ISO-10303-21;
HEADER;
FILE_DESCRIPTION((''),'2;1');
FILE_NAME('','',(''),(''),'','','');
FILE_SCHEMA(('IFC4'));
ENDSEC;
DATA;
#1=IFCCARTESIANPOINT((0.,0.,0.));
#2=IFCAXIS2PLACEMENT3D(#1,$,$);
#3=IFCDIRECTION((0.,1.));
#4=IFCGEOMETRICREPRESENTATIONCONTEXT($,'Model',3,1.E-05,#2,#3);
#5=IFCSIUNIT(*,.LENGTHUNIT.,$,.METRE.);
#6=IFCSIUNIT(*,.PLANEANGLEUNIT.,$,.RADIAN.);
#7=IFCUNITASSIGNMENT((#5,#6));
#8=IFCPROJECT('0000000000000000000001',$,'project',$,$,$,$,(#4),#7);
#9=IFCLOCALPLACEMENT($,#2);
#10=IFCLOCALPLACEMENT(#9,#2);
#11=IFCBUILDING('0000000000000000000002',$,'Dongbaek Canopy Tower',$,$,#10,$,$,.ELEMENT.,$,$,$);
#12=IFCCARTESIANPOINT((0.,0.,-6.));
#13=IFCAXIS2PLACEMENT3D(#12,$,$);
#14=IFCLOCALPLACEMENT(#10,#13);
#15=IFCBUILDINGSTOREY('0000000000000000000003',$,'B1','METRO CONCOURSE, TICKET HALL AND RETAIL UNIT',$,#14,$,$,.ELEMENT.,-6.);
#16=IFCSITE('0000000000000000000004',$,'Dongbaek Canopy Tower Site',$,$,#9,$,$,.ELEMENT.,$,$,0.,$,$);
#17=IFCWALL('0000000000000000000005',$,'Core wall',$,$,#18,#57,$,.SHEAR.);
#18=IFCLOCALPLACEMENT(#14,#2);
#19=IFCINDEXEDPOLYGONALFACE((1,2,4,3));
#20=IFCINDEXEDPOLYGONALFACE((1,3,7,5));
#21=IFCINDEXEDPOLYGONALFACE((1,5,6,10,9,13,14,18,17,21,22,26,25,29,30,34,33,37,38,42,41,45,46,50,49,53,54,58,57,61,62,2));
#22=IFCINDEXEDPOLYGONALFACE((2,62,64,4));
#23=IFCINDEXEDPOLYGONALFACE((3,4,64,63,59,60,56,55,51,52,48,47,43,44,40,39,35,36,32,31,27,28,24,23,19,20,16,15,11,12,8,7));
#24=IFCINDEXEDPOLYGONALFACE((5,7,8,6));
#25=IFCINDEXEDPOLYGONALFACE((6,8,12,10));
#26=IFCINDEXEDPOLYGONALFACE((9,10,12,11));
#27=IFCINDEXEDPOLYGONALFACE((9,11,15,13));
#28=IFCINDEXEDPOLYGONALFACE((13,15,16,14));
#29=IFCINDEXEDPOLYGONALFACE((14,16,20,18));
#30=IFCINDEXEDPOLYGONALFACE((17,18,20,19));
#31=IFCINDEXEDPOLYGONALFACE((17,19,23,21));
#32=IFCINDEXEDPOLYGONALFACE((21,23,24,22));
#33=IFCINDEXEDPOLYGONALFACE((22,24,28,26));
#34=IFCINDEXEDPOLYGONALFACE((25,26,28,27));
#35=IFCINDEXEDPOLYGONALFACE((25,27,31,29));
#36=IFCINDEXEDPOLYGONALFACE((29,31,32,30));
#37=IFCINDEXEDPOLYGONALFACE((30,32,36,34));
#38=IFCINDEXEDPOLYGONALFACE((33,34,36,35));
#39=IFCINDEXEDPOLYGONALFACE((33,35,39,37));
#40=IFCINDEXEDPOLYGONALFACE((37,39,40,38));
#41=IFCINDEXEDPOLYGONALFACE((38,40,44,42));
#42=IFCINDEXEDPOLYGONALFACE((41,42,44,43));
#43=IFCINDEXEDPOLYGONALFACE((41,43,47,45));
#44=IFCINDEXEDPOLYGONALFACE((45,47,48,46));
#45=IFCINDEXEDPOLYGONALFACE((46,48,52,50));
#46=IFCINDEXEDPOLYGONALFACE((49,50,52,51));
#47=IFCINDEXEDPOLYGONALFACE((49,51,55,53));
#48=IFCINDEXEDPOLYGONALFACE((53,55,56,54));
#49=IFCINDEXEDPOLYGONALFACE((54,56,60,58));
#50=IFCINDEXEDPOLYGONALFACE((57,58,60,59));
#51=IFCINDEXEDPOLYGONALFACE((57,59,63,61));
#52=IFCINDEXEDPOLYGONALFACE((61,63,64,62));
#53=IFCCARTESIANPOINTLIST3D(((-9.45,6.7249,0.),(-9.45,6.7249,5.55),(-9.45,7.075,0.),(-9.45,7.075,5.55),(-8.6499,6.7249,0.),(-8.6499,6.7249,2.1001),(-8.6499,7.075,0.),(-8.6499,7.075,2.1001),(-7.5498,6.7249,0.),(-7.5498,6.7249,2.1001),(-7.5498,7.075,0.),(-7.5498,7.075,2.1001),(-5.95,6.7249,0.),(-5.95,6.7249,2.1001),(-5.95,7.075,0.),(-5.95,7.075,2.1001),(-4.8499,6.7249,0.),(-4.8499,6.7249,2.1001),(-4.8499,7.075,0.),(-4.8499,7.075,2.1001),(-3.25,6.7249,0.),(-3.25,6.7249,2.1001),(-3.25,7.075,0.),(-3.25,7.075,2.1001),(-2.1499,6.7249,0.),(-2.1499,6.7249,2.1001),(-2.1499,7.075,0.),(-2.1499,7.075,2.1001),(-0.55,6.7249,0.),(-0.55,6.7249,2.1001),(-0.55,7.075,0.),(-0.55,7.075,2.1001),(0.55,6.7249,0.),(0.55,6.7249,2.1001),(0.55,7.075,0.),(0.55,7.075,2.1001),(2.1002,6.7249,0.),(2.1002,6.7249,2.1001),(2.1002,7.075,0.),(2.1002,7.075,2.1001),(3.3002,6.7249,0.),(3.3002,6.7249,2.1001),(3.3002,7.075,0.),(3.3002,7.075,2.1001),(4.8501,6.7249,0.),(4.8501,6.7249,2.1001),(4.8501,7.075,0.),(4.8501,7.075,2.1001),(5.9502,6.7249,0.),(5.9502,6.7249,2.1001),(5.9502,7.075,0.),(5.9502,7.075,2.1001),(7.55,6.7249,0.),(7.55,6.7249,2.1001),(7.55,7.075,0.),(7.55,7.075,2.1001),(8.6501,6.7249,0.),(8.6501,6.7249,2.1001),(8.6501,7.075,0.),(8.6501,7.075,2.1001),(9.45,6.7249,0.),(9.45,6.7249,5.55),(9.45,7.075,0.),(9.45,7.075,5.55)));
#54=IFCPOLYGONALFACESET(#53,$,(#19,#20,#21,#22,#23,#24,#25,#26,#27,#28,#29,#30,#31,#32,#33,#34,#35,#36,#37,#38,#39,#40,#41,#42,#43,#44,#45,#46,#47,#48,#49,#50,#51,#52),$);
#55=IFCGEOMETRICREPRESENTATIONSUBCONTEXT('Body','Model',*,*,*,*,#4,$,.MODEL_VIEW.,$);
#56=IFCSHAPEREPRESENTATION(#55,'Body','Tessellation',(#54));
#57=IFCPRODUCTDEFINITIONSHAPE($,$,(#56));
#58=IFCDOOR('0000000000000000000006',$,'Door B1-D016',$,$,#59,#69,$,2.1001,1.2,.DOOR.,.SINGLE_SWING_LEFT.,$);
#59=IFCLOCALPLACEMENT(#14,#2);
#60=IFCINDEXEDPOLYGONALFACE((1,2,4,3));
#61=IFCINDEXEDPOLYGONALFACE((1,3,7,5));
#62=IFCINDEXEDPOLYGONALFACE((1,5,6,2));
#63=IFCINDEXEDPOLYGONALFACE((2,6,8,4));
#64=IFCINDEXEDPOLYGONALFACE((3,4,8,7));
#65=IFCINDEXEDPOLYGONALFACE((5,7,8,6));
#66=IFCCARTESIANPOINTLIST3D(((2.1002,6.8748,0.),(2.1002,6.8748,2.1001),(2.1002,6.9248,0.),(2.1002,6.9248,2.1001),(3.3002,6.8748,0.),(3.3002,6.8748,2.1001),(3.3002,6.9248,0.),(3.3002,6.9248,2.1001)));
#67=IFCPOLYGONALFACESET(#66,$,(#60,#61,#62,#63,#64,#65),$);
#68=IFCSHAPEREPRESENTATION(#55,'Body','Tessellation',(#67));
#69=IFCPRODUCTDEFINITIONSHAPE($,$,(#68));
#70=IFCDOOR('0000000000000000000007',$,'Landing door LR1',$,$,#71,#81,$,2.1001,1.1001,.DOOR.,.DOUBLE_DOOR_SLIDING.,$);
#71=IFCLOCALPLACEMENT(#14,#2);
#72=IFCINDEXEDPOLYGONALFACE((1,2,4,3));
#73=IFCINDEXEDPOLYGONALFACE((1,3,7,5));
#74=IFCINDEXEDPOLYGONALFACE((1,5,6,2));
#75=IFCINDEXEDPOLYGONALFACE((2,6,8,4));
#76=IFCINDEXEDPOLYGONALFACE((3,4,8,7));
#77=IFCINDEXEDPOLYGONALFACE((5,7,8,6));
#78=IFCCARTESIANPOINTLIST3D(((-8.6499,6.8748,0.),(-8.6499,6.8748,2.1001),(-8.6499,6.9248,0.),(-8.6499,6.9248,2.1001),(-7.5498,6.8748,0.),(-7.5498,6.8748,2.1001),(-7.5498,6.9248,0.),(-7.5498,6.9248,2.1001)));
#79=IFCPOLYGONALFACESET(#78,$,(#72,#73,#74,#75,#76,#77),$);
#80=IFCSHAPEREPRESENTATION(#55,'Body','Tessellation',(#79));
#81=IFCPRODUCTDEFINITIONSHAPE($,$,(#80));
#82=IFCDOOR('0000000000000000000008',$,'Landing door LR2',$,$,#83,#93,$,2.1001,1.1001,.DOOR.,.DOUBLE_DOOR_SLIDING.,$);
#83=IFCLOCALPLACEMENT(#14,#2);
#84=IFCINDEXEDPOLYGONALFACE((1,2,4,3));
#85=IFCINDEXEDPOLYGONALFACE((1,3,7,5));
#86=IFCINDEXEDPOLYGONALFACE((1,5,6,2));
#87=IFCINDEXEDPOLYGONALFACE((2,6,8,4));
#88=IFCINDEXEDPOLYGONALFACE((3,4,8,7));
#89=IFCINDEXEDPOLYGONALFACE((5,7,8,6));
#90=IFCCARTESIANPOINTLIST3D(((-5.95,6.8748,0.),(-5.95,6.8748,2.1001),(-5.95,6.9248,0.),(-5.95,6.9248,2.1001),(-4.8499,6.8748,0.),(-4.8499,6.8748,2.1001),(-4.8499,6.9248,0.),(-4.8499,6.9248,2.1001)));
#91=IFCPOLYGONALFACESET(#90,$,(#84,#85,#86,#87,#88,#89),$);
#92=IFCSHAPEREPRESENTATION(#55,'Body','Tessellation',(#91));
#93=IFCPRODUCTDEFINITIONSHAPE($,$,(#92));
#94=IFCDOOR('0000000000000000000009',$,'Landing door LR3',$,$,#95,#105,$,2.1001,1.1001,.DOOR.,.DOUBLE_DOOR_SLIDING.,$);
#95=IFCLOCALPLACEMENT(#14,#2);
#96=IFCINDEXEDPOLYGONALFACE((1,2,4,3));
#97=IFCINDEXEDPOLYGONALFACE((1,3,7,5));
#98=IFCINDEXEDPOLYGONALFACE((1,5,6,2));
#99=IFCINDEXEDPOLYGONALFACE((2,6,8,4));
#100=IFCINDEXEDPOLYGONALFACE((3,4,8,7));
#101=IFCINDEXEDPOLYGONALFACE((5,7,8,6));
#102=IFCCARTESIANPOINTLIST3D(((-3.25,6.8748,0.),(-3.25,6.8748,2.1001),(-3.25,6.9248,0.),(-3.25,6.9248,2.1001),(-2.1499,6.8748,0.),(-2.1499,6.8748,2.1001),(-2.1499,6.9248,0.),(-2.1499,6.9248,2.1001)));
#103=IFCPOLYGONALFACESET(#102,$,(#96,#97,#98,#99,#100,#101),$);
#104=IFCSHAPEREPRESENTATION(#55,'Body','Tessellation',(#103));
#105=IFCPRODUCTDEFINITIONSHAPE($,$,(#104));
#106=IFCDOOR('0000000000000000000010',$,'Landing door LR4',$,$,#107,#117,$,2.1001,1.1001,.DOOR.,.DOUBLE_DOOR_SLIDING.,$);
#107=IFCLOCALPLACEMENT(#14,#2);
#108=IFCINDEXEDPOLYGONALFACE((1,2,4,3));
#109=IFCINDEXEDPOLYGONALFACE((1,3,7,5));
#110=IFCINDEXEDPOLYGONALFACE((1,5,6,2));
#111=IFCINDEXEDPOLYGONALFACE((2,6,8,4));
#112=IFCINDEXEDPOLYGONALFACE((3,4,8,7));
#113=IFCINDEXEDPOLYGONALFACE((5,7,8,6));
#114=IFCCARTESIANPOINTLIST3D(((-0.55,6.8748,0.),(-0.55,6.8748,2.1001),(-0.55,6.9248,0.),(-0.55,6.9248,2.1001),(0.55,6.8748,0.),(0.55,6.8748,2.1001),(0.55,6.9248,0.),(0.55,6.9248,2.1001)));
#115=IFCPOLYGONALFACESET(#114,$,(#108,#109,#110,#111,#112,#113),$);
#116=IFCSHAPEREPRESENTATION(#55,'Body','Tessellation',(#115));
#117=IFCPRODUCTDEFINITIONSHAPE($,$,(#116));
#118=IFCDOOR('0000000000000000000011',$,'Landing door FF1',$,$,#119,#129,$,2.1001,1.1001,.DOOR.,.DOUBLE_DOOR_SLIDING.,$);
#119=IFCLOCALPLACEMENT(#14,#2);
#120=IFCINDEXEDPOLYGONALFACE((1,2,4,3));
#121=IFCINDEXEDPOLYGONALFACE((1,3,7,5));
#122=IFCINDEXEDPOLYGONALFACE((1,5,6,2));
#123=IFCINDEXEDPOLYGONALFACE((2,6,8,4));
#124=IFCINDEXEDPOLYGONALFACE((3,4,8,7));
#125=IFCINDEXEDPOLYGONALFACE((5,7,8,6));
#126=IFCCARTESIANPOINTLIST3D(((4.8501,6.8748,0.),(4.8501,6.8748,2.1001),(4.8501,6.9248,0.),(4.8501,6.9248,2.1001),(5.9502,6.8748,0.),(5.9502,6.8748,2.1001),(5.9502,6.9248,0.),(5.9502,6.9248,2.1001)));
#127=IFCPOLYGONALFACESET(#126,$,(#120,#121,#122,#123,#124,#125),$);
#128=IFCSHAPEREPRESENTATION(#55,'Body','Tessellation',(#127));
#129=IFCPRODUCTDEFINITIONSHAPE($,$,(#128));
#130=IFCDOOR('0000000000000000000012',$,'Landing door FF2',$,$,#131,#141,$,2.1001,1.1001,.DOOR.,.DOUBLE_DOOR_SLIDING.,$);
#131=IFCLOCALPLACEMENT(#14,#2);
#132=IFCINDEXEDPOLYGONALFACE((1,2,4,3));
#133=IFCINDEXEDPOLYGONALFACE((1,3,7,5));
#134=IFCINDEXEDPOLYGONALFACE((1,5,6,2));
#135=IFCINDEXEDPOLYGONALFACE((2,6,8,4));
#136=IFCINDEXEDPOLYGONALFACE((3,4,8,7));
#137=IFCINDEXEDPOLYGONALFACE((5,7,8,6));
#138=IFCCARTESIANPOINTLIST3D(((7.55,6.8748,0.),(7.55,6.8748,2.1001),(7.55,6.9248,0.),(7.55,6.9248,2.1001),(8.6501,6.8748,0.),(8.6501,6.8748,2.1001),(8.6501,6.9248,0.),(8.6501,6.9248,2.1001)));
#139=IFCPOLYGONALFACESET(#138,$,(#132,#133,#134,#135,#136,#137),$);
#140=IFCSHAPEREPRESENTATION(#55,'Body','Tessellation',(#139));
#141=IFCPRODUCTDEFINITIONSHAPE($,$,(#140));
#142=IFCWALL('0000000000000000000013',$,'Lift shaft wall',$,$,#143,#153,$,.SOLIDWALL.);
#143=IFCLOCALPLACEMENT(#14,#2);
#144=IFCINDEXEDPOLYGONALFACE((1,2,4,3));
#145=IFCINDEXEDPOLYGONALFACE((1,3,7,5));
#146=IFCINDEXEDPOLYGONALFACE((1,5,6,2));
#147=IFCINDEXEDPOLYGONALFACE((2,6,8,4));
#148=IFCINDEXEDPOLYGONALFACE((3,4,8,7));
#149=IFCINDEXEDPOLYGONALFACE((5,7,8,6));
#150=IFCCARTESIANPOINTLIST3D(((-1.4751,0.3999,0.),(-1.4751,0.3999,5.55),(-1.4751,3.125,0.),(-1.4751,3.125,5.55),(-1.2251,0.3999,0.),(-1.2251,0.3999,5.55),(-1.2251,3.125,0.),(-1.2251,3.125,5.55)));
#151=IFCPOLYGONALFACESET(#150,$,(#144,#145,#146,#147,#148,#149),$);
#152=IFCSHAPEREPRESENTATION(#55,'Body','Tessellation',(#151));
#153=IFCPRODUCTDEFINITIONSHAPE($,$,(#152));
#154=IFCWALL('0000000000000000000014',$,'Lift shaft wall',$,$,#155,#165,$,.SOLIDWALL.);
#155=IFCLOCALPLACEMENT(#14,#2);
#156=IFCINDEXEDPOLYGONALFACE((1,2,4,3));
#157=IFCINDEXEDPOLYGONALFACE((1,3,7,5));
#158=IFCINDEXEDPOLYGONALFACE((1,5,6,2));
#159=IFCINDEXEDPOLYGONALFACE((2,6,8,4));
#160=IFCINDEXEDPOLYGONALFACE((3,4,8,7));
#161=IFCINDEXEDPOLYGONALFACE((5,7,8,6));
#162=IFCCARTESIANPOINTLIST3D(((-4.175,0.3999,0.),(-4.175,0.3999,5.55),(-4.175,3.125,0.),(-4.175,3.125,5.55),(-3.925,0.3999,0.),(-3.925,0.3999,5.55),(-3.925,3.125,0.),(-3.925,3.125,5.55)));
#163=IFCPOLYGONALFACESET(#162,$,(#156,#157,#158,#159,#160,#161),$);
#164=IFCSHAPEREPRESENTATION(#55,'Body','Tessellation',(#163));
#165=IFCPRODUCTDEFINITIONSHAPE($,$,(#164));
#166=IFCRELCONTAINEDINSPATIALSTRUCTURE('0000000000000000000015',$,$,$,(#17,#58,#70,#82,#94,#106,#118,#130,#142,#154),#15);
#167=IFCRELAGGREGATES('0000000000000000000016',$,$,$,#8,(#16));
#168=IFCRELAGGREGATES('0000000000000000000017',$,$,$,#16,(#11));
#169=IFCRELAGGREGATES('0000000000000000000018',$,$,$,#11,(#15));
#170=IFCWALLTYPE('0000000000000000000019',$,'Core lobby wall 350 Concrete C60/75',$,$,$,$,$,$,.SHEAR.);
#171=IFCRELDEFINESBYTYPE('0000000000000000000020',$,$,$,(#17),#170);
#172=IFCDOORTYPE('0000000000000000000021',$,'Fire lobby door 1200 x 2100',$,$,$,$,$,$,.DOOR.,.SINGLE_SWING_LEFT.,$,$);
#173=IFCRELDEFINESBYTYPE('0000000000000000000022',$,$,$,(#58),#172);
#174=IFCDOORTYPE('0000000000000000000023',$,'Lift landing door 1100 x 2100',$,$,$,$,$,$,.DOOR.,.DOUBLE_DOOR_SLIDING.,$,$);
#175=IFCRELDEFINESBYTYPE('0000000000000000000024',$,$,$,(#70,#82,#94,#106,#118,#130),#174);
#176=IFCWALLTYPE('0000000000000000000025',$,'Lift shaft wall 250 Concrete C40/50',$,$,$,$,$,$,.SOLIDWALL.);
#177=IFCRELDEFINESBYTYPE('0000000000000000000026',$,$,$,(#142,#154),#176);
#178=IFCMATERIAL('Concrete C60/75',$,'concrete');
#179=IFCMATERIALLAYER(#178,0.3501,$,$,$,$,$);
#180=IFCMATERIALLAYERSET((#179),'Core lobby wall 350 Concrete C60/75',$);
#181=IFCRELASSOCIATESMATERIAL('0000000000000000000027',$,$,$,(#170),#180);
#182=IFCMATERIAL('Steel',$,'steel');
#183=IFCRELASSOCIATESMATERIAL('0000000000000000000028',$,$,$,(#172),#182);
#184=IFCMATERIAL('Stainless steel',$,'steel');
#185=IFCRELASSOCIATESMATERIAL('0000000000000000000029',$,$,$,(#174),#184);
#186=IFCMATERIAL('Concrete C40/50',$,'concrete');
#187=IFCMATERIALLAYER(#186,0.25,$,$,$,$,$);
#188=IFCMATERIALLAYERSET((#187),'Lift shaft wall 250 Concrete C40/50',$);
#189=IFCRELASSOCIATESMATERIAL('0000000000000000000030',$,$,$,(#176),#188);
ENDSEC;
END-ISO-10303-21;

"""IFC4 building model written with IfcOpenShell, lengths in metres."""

from ifc_helpers import new_model, si_unit, direction, frame, frame_2d, origin, place, context, subcontext, project, spatial, rectangle, extrude, material, layer, layer_set, type_object, element, fill, save


model = new_model("IFC4")

# Units and contexts
model_context = context("Model", 3, precision=1e-05, world=origin(), true_north=direction((0.0, 1.0)))
body_context = subcontext(model_context, "Body", "Model", "MODEL_VIEW")
ifc_project = project(units=[si_unit("LENGTHUNIT", "METRE"), si_unit("PLANEANGLEUNIT", "RADIAN")], contexts=[model_context])

# Site, building, storey
site_placement = place(None, origin())
site = spatial("IfcSite", under=ifc_project, at=site_placement, Name="Dongbaek Canopy Tower Site", CompositionType="ELEMENT", RefElevation=0.0)
building_placement = place(site_placement, origin())
building = spatial("IfcBuilding", under=site, at=building_placement, Name="Dongbaek Canopy Tower", CompositionType="ELEMENT")
storey_placement = place(building_placement, frame((0.0, 0.0, -6.0)))
storey = spatial("IfcBuildingStorey", under=building, at=storey_placement, Name="B1", Description="METRO CONCOURSE, TICKET HALL AND RETAIL UNIT", CompositionType="ELEMENT", Elevation=-6.0)

# Wall, openings, doors
ifc_material_1 = material(Name="Concrete C60/75", Category="concrete")
ifc_layer_1 = layer(ifc_material_1, 0.3501)
ifc_layer_set_1 = layer_set([ifc_layer_1], Name="Core lobby wall 350 Concrete C60/75")
wall_type_1 = type_object("IfcWallType", Name="Core lobby wall 350 Concrete C60/75", PredefinedType="SHEAR", material=ifc_layer_set_1)
wall_1_placement = place(storey_placement, frame((-9.45, 6.8999, 0.0), z_axis=(0.0, 0.0, 1.0), x_axis=(1.0, 0.0, 0.0)))
wall_1 = element("IfcWall", 1, at=wall_1_placement, inside=storey, type_object=wall_type_1, Name="Core wall", PredefinedType="SHEAR", context=body_context, shape_type="SweptSolid", body=[
    extrude(rectangle(XDim=18.8999, YDim=0.3501, at=frame_2d((9.45, 0.0))), origin(), (0.0, 0.0, 1.0), 5.55),
])
opening_1_placement = place(wall_1_placement, frame((0.8, 0.0, 0.0)))
opening_1 = element("IfcOpeningElement", 2, at=opening_1_placement, cuts=wall_1, PredefinedType="OPENING", context=body_context, shape_type="SweptSolid", body=[
    extrude(rectangle(XDim=1.1001, YDim=2.1001, at=frame_2d((0.55, 1.05))), frame((0.0, 0.1851, 0.0), z_axis=(0.0, -1.0, 0.0), x_axis=(1.0, 0.0, 0.0)), (0.0, 0.0, 1.0), 0.3701),
])
opening_2_placement = place(wall_1_placement, frame((3.5, 0.0, 0.0)))
opening_2 = element("IfcOpeningElement", 3, at=opening_2_placement, cuts=wall_1, PredefinedType="OPENING", context=body_context, shape_type="SweptSolid", body=[
    extrude(rectangle(XDim=1.1001, YDim=2.1001, at=frame_2d((0.55, 1.05))), frame((0.0, 0.1851, 0.0), z_axis=(0.0, -1.0, 0.0), x_axis=(1.0, 0.0, 0.0)), (0.0, 0.0, 1.0), 0.3701),
])
opening_3_placement = place(wall_1_placement, frame((6.2, 0.0, 0.0)))
opening_3 = element("IfcOpeningElement", 4, at=opening_3_placement, cuts=wall_1, PredefinedType="OPENING", context=body_context, shape_type="SweptSolid", body=[
    extrude(rectangle(XDim=1.1001, YDim=2.1001, at=frame_2d((0.55, 1.05))), frame((0.0, 0.1851, 0.0), z_axis=(0.0, -1.0, 0.0), x_axis=(1.0, 0.0, 0.0)), (0.0, 0.0, 1.0), 0.3701),
])
opening_4_placement = place(wall_1_placement, frame((8.8999, 0.0, 0.0)))
opening_4 = element("IfcOpeningElement", 5, at=opening_4_placement, cuts=wall_1, PredefinedType="OPENING", context=body_context, shape_type="SweptSolid", body=[
    extrude(rectangle(XDim=1.1001, YDim=2.1001, at=frame_2d((0.55, 1.05))), frame((0.0, 0.1851, 0.0), z_axis=(0.0, -1.0, 0.0), x_axis=(1.0, 0.0, 0.0)), (0.0, 0.0, 1.0), 0.3701),
])
opening_5_placement = place(wall_1_placement, frame((11.55, 0.0, 0.0)))
opening_5 = element("IfcOpeningElement", 6, at=opening_5_placement, cuts=wall_1, PredefinedType="OPENING", context=body_context, shape_type="SweptSolid", body=[
    extrude(rectangle(XDim=1.2, YDim=2.1001, at=frame_2d((0.6001, 1.05))), frame((0.0, 0.1851, 0.0), z_axis=(0.0, -1.0, 0.0), x_axis=(1.0, 0.0, 0.0)), (0.0, 0.0, 1.0), 0.3701),
])
opening_6_placement = place(wall_1_placement, frame((14.3, 0.0, 0.0)))
opening_6 = element("IfcOpeningElement", 7, at=opening_6_placement, cuts=wall_1, PredefinedType="OPENING", context=body_context, shape_type="SweptSolid", body=[
    extrude(rectangle(XDim=1.1001, YDim=2.1001, at=frame_2d((0.55, 1.05))), frame((0.0, 0.1851, 0.0), z_axis=(0.0, -1.0, 0.0), x_axis=(1.0, 0.0, 0.0)), (0.0, 0.0, 1.0), 0.3701),
])
opening_7_placement = place(wall_1_placement, frame((17.0, 0.0, 0.0)))
opening_7 = element("IfcOpeningElement", 8, at=opening_7_placement, cuts=wall_1, PredefinedType="OPENING", context=body_context, shape_type="SweptSolid", body=[
    extrude(rectangle(XDim=1.1001, YDim=2.1001, at=frame_2d((0.55, 1.05))), frame((0.0, 0.1851, 0.0), z_axis=(0.0, -1.0, 0.0), x_axis=(1.0, 0.0, 0.0)), (0.0, 0.0, 1.0), 0.3701),
])
ifc_material_2 = material(Name="Steel", Category="steel")
door_type_1 = type_object("IfcDoorType", Name="Fire lobby door 1200 x 2100", OperationType="SINGLE_SWING_LEFT", PredefinedType="DOOR", material=ifc_material_2)
door_1_placement = place(opening_5_placement, origin())
door_1 = element("IfcDoor", 9, at=door_1_placement, inside=storey, type_object=door_type_1, Name="Door B1-D016", OperationType="SINGLE_SWING_LEFT", OverallHeight=2.1001, OverallWidth=1.2, PredefinedType="DOOR", context=body_context, shape_type="SweptSolid", body=[
    extrude(rectangle(XDim=1.2, YDim=2.1001, at=frame_2d((0.6001, 1.05))), frame((0.0, 0.0249, 0.0), z_axis=(0.0, -1.0, 0.0), x_axis=(1.0, 0.0, 0.0)), (0.0, 0.0, 1.0), 0.05),
])
fill(opening_5, door_1)
ifc_material_3 = material(Name="Stainless steel", Category="steel")
door_type_2 = type_object("IfcDoorType", Name="Lift landing door 1100 x 2100", OperationType="DOUBLE_DOOR_SLIDING", PredefinedType="DOOR", material=ifc_material_3)
door_2_placement = place(opening_1_placement, origin())
door_2 = element("IfcDoor", 10, at=door_2_placement, inside=storey, type_object=door_type_2, Name="Landing door LR1", OperationType="DOUBLE_DOOR_SLIDING", OverallHeight=2.1001, OverallWidth=1.1001, PredefinedType="DOOR", context=body_context, shape_type="SweptSolid", body=[
    extrude(rectangle(XDim=1.1001, YDim=2.1001, at=frame_2d((0.55, 1.05))), frame((0.0, 0.0249, 0.0), z_axis=(0.0, -1.0, 0.0), x_axis=(1.0, 0.0, 0.0)), (0.0, 0.0, 1.0), 0.05),
])
fill(opening_1, door_2)
door_3_placement = place(opening_2_placement, origin())
door_3 = element("IfcDoor", 11, at=door_3_placement, inside=storey, type_object=door_type_2, Name="Landing door LR2", OperationType="DOUBLE_DOOR_SLIDING", OverallHeight=2.1001, OverallWidth=1.1001, PredefinedType="DOOR", context=body_context, shape_type="SweptSolid", body=[
    extrude(rectangle(XDim=1.1001, YDim=2.1001, at=frame_2d((0.55, 1.05))), frame((0.0, 0.0249, 0.0), z_axis=(0.0, -1.0, 0.0), x_axis=(1.0, 0.0, 0.0)), (0.0, 0.0, 1.0), 0.05),
])
fill(opening_2, door_3)
door_4_placement = place(opening_3_placement, origin())
door_4 = element("IfcDoor", 12, at=door_4_placement, inside=storey, type_object=door_type_2, Name="Landing door LR3", OperationType="DOUBLE_DOOR_SLIDING", OverallHeight=2.1001, OverallWidth=1.1001, PredefinedType="DOOR", context=body_context, shape_type="SweptSolid", body=[
    extrude(rectangle(XDim=1.1001, YDim=2.1001, at=frame_2d((0.55, 1.05))), frame((0.0, 0.0249, 0.0), z_axis=(0.0, -1.0, 0.0), x_axis=(1.0, 0.0, 0.0)), (0.0, 0.0, 1.0), 0.05),
])
fill(opening_3, door_4)
door_5_placement = place(opening_4_placement, origin())
door_5 = element("IfcDoor", 13, at=door_5_placement, inside=storey, type_object=door_type_2, Name="Landing door LR4", OperationType="DOUBLE_DOOR_SLIDING", OverallHeight=2.1001, OverallWidth=1.1001, PredefinedType="DOOR", context=body_context, shape_type="SweptSolid", body=[
    extrude(rectangle(XDim=1.1001, YDim=2.1001, at=frame_2d((0.55, 1.05))), frame((0.0, 0.0249, 0.0), z_axis=(0.0, -1.0, 0.0), x_axis=(1.0, 0.0, 0.0)), (0.0, 0.0, 1.0), 0.05),
])
fill(opening_4, door_5)
door_6_placement = place(opening_6_placement, origin())
door_6 = element("IfcDoor", 14, at=door_6_placement, inside=storey, type_object=door_type_2, Name="Landing door FF1", OperationType="DOUBLE_DOOR_SLIDING", OverallHeight=2.1001, OverallWidth=1.1001, PredefinedType="DOOR", context=body_context, shape_type="SweptSolid", body=[
    extrude(rectangle(XDim=1.1001, YDim=2.1001, at=frame_2d((0.55, 1.05))), frame((0.0, 0.0249, 0.0), z_axis=(0.0, -1.0, 0.0), x_axis=(1.0, 0.0, 0.0)), (0.0, 0.0, 1.0), 0.05),
])
fill(opening_6, door_6)
door_7_placement = place(opening_7_placement, origin())
door_7 = element("IfcDoor", 15, at=door_7_placement, inside=storey, type_object=door_type_2, Name="Landing door FF2", OperationType="DOUBLE_DOOR_SLIDING", OverallHeight=2.1001, OverallWidth=1.1001, PredefinedType="DOOR", context=body_context, shape_type="SweptSolid", body=[
    extrude(rectangle(XDim=1.1001, YDim=2.1001, at=frame_2d((0.55, 1.05))), frame((0.0, 0.0249, 0.0), z_axis=(0.0, -1.0, 0.0), x_axis=(1.0, 0.0, 0.0)), (0.0, 0.0, 1.0), 0.05),
])
fill(opening_7, door_7)

# Walls
ifc_material_4 = material(Name="Concrete C40/50", Category="concrete")
ifc_layer_2 = layer(ifc_material_4, 0.25)
ifc_layer_set_2 = layer_set([ifc_layer_2], Name="Lift shaft wall 250 Concrete C40/50")
wall_type_2 = type_object("IfcWallType", Name="Lift shaft wall 250 Concrete C40/50", PredefinedType="SOLIDWALL", material=ifc_layer_set_2)
for number, where, z_axis, x_axis, name in (
    (16, (-1.3501, 0.3999, 0.0), (0.0, 0.0, 1.0), (0.0, 1.0, 0.0), "Lift shaft wall"),
    (17, (-4.05, 0.3999, 0.0), (0.0, 0.0, 1.0), (0.0, 1.0, 0.0), "Lift shaft wall"),
):
    element("IfcWall", number, at=place(storey_placement, frame(where, z_axis=z_axis, x_axis=x_axis)), inside=storey, type_object=wall_type_2, Name=name, PredefinedType="SOLIDWALL", context=body_context, shape_type="SweptSolid", body=[
        extrude(rectangle(XDim=2.7251, YDim=0.25, at=frame_2d((1.3625, 0.0))), origin(), (0.0, 0.0, 1.0), 5.55),
    ])

save(model, "model.ifc")
